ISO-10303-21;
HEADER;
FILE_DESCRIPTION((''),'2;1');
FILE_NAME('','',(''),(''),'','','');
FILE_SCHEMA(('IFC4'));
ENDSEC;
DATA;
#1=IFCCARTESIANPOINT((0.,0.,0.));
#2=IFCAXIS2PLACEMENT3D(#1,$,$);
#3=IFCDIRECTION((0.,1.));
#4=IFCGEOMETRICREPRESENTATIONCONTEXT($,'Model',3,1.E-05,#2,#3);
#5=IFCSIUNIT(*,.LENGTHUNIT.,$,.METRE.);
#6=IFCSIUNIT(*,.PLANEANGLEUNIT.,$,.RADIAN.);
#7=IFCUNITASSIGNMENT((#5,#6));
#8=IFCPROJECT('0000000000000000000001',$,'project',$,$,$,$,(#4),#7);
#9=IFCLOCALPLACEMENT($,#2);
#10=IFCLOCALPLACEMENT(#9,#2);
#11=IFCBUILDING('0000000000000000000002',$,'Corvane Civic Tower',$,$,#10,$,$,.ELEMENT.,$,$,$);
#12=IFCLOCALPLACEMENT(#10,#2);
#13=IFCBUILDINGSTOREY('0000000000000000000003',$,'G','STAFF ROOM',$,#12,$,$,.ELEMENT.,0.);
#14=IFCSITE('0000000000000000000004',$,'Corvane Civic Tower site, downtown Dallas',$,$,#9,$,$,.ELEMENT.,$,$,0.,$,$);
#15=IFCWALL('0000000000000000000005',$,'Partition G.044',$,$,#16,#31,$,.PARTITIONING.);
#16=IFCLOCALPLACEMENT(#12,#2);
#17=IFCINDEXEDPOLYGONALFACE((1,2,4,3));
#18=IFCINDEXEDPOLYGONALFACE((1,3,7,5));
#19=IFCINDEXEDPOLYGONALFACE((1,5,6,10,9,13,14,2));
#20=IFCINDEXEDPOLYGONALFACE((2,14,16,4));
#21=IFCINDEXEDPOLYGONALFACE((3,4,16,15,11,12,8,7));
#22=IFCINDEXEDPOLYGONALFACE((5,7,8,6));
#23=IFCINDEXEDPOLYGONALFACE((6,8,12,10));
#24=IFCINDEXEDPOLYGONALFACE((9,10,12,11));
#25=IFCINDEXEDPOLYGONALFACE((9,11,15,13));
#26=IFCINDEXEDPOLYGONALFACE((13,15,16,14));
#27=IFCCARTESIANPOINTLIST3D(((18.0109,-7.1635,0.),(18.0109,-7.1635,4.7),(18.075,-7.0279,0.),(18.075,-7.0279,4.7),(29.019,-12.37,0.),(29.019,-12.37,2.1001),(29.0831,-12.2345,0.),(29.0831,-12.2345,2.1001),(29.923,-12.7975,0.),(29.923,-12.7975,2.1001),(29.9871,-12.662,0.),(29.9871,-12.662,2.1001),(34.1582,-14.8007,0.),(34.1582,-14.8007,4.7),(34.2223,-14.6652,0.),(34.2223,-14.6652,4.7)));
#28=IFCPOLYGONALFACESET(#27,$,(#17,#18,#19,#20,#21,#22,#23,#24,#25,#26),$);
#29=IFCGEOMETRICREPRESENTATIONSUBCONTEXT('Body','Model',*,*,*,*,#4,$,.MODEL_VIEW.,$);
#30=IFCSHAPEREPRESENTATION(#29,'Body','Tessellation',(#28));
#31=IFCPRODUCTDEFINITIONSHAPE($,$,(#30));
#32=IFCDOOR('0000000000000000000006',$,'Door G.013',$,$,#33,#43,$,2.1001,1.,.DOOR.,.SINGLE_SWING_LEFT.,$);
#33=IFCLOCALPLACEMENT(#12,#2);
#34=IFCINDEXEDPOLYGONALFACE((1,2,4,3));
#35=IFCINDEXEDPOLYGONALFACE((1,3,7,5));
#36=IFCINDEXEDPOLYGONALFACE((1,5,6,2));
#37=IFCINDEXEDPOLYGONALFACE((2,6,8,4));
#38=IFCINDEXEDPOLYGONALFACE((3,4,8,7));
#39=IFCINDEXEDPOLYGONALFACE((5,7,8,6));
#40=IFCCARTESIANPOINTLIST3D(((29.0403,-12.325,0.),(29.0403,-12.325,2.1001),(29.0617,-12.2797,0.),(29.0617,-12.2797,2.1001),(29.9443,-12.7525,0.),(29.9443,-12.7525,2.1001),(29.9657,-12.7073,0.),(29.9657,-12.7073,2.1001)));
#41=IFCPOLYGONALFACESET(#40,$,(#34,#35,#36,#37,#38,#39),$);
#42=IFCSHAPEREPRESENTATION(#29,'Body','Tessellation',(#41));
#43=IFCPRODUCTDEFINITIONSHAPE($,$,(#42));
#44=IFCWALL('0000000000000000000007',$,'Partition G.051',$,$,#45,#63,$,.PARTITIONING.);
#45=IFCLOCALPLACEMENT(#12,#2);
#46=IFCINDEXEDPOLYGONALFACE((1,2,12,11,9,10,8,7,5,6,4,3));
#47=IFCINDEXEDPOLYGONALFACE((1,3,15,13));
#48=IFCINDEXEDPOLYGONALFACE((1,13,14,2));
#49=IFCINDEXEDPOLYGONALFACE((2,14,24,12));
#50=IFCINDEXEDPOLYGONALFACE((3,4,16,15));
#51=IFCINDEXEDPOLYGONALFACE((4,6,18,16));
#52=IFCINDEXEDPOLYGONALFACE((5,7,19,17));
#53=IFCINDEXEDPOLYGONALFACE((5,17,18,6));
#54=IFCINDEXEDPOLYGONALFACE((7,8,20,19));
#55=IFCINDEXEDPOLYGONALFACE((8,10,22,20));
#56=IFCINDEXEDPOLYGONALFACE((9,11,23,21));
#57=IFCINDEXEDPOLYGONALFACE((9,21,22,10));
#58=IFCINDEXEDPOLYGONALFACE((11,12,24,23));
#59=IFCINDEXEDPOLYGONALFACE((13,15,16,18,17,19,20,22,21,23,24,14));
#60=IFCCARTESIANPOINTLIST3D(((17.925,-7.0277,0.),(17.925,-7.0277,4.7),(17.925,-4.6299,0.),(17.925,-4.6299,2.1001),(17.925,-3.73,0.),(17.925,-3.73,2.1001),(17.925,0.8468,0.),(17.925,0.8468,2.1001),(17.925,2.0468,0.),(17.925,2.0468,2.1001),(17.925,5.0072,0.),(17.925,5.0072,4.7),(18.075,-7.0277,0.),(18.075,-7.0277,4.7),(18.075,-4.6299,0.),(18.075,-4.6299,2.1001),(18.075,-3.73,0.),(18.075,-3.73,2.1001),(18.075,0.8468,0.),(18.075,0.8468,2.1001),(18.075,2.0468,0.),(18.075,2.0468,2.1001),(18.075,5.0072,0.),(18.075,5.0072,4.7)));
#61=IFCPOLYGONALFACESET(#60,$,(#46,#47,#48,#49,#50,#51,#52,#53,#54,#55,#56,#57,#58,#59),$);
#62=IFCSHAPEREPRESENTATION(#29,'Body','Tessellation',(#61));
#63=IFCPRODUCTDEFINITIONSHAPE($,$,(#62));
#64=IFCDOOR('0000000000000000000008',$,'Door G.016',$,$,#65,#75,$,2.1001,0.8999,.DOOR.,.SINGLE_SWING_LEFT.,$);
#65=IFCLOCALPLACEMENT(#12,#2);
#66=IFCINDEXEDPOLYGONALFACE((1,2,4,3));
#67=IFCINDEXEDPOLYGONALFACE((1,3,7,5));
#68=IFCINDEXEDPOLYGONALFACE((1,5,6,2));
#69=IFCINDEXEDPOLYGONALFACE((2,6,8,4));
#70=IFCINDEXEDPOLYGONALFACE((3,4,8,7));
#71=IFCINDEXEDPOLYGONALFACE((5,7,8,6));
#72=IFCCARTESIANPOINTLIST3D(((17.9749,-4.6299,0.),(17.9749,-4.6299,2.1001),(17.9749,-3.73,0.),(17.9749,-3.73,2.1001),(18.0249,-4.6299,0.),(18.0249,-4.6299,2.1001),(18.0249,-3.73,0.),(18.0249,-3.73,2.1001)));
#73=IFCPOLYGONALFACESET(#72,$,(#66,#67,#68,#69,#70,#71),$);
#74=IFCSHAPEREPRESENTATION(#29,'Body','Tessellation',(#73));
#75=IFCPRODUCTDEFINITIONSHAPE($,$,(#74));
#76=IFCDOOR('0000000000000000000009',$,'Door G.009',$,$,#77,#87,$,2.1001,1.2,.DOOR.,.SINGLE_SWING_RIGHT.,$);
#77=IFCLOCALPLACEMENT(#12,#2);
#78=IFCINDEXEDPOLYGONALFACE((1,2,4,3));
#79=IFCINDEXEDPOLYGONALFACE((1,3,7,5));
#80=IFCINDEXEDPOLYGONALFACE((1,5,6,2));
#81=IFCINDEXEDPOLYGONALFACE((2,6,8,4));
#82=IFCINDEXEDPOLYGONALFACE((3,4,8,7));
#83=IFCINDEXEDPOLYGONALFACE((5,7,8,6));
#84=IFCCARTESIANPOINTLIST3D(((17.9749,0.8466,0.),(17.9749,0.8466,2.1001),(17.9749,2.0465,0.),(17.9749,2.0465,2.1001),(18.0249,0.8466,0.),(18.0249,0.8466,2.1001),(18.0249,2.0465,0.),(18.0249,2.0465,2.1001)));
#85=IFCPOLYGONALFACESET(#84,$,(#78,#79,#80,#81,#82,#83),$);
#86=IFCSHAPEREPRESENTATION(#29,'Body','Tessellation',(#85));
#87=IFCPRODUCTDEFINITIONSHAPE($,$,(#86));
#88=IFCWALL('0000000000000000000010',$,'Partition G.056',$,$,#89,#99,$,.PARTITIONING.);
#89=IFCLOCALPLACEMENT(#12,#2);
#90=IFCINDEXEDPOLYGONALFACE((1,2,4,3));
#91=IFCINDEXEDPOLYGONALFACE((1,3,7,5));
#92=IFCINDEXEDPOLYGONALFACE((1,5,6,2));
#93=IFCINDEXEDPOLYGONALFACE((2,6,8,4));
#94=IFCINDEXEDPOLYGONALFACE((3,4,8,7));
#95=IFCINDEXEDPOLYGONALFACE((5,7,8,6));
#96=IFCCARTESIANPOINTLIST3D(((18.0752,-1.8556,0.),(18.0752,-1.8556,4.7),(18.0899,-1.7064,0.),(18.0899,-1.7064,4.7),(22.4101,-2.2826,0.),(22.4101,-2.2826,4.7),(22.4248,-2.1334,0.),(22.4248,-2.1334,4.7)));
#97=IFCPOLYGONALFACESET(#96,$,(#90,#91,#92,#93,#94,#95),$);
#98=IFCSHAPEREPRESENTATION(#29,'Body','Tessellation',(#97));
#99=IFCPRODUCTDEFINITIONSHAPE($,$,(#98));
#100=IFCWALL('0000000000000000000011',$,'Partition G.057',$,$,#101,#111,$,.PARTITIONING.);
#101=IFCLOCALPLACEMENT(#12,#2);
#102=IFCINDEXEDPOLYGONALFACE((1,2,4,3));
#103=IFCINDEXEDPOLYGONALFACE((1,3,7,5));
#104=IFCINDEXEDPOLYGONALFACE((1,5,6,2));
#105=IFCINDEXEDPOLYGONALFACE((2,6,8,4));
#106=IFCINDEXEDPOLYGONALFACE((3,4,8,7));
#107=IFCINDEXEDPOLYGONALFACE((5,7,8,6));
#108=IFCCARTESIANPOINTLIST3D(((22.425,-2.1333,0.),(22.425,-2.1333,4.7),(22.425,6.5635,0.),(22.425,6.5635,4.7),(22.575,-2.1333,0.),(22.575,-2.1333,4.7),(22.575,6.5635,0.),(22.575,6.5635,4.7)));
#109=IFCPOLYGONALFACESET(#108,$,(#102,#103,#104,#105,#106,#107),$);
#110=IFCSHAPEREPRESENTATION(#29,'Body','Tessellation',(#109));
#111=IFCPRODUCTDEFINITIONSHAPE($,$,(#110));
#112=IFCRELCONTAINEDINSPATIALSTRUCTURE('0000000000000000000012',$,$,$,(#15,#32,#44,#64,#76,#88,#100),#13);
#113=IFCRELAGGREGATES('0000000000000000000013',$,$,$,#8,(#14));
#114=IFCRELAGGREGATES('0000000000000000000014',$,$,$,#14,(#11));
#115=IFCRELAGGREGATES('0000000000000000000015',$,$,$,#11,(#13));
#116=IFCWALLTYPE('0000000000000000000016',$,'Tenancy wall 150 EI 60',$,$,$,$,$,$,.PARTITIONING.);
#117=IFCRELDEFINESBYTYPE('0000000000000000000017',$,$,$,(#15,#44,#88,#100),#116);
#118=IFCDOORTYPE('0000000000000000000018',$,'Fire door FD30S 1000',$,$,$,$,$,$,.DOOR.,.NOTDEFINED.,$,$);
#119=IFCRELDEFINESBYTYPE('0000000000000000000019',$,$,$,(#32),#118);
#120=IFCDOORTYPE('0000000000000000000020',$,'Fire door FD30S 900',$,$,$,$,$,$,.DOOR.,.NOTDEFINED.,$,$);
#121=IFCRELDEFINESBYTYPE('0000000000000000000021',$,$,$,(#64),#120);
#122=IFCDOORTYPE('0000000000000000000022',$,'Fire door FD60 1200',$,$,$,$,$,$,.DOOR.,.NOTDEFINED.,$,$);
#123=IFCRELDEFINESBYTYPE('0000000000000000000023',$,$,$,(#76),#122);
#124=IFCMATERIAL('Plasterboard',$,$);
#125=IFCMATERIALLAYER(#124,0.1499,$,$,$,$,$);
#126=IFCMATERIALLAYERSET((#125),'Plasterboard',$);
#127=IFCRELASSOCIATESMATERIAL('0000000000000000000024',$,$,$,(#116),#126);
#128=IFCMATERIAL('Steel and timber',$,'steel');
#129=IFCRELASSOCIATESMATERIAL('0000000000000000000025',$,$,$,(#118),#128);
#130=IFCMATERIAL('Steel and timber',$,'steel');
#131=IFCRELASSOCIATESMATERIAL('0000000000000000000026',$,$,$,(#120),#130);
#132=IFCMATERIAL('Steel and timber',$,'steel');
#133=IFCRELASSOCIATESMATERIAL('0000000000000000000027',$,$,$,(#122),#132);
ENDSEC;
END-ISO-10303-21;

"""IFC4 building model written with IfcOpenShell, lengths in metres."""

from ifc_helpers import new_model, si_unit, direction, frame, frame_2d, origin, place, context, subcontext, project, spatial, rectangle, extrude, material, layer, layer_set, type_object, element, fill, save


model = new_model("IFC4")

# Units and contexts
model_context = context("Model", 3, precision=1e-05, world=origin(), true_north=direction((0.0, 1.0)))
body_context = subcontext(model_context, "Body", "Model", "MODEL_VIEW")
ifc_project = project(units=[si_unit("LENGTHUNIT", "METRE"), si_unit("PLANEANGLEUNIT", "RADIAN")], contexts=[model_context])

# Site, building, storey
site_placement = place(None, origin())
site = spatial("IfcSite", under=ifc_project, at=site_placement, Name="Corvane Civic Tower site, downtown Dallas", CompositionType="ELEMENT", RefElevation=0.0)
building_placement = place(site_placement, origin())
building = spatial("IfcBuilding", under=site, at=building_placement, Name="Corvane Civic Tower", CompositionType="ELEMENT")
storey_placement = place(building_placement, origin())
storey = spatial("IfcBuildingStorey", under=building, at=storey_placement, Name="G", Description="STAFF ROOM", CompositionType="ELEMENT", Elevation=0.0)

# Shared definitions
ifc_material_1 = material(Name="Plasterboard")
ifc_layer_1 = layer(ifc_material_1, 0.1499)
ifc_layer_set_1 = layer_set([ifc_layer_1], Name="Plasterboard")
wall_type_1 = type_object("IfcWallType", Name="Tenancy wall 150 EI 60", PredefinedType="PARTITIONING", material=ifc_layer_set_1)
ifc_material_2 = material(Name="Steel and timber", Category="steel")
door_type_1 = type_object("IfcDoorType", Name="Fire door FD30S 1000", OperationType="NOTDEFINED", PredefinedType="DOOR", material=ifc_material_2)

# Wall, opening, door
wall_1_placement = place(storey_placement, frame((18.043, -7.0957, 0.0), z_axis=(0.0, 0.0, 1.0), x_axis=(0.903986, -0.427562, 0.0)))
wall_1 = element("IfcWall", 1, at=wall_1_placement, inside=storey, type_object=wall_type_1, Name="Partition G.044", PredefinedType="PARTITIONING", context=body_context, shape_type="SweptSolid", body=[
    extrude(rectangle(XDim=17.8623, YDim=0.1499, at=frame_2d((8.9312, 0.0))), origin(), (0.0, 0.0, 1.0), 4.7),
])
opening_1_placement = place(wall_1_placement, frame((12.1772, 0.0, 0.0)))
opening_1 = element("IfcOpeningElement", 2, at=opening_1_placement, cuts=wall_1, PredefinedType="OPENING", context=body_context, shape_type="SweptSolid", body=[
    extrude(rectangle(XDim=1.0, YDim=2.1001, at=frame_2d((0.5, 1.05))), frame((0.0, 0.085, 0.0), z_axis=(0.0, -1.0, 0.0), x_axis=(1.0, 0.0, 0.0)), (0.0, 0.0, 1.0), 0.1699),
])
door_1_placement = place(opening_1_placement, origin())
door_1 = element("IfcDoor", 3, at=door_1_placement, inside=storey, type_object=door_type_1, Name="Door G.013", OperationType="SINGLE_SWING_LEFT", OverallHeight=2.1001, OverallWidth=1.0, PredefinedType="DOOR", context=body_context, shape_type="SweptSolid", body=[
    extrude(rectangle(XDim=1.0, YDim=2.1001, at=frame_2d((0.5, 1.05))), frame((0.0, 0.0249, 0.0), z_axis=(0.0, -1.0, 0.0), x_axis=(1.0, 0.0, 0.0)), (0.0, 0.0, 1.0), 0.05),
])
fill(opening_1, door_1)

# Wall, openings, doors
wall_2_placement = place(storey_placement, frame((18.0, -7.0278, 0.0), z_axis=(0.0, 0.0, 1.0), x_axis=(0.0, 1.0, 0.0)))
wall_2 = element("IfcWall", 4, at=wall_2_placement, inside=storey, type_object=wall_type_1, Name="Partition G.051", PredefinedType="PARTITIONING", context=body_context, shape_type="SweptSolid", body=[
    extrude(rectangle(XDim=12.0349, YDim=0.1499, at=frame_2d((6.0176, 0.0))), origin(), (0.0, 0.0, 1.0), 4.7),
])
opening_2_placement = place(wall_2_placement, frame((7.8745, 0.0, 0.0)))
opening_2 = element("IfcOpeningElement", 5, at=opening_2_placement, cuts=wall_2, PredefinedType="OPENING", context=body_context, shape_type="SweptSolid", body=[
    extrude(rectangle(XDim=1.2, YDim=2.1001, at=frame_2d((0.6001, 1.05))), frame((0.0, 0.085, 0.0), z_axis=(0.0, -1.0, 0.0), x_axis=(1.0, 0.0, 0.0)), (0.0, 0.0, 1.0), 0.1699),
])
opening_3_placement = place(wall_2_placement, frame((2.3979, 0.0, 0.0)))
opening_3 = element("IfcOpeningElement", 6, at=opening_3_placement, cuts=wall_2, PredefinedType="OPENING", context=body_context, shape_type="SweptSolid", body=[
    extrude(rectangle(XDim=0.8999, YDim=2.1001, at=frame_2d((0.45, 1.05))), frame((0.0, 0.085, 0.0), z_axis=(0.0, -1.0, 0.0), x_axis=(1.0, 0.0, 0.0)), (0.0, 0.0, 1.0), 0.1699),
])
ifc_material_3 = material(Name="Steel and timber", Category="steel")
door_type_2 = type_object("IfcDoorType", Name="Fire door FD30S 900", OperationType="NOTDEFINED", PredefinedType="DOOR", material=ifc_material_3)
door_2_placement = place(opening_3_placement, frame((0.8999, 0.0, 0.0), z_axis=(0.0, 0.0, 1.0), x_axis=(-1.0, 0.0, 0.0)))
door_2 = element("IfcDoor", 7, at=door_2_placement, inside=storey, type_object=door_type_2, Name="Door G.016", OperationType="SINGLE_SWING_LEFT", OverallHeight=2.1001, OverallWidth=0.8999, PredefinedType="DOOR", context=body_context, shape_type="SweptSolid", body=[
    extrude(rectangle(XDim=0.8999, YDim=2.1001, at=frame_2d((0.45, 1.05))), frame((0.0, 0.0249, 0.0), z_axis=(0.0, -1.0, 0.0), x_axis=(1.0, 0.0, 0.0)), (0.0, 0.0, 1.0), 0.05),
])
fill(opening_3, door_2)
ifc_material_4 = material(Name="Steel and timber", Category="steel")
door_type_3 = type_object("IfcDoorType", Name="Fire door FD60 1200", OperationType="NOTDEFINED", PredefinedType="DOOR", material=ifc_material_4)
door_3_placement = place(opening_2_placement, frame((1.2, 0.0, 0.0), z_axis=(0.0, 0.0, 1.0), x_axis=(-1.0, 0.0, 0.0)))
door_3 = element("IfcDoor", 8, at=door_3_placement, inside=storey, type_object=door_type_3, Name="Door G.009", OperationType="SINGLE_SWING_RIGHT", OverallHeight=2.1001, OverallWidth=1.2, PredefinedType="DOOR", context=body_context, shape_type="SweptSolid", body=[
    extrude(rectangle(XDim=1.2, YDim=2.1001, at=frame_2d((0.6001, 1.05))), frame((0.0, 0.0249, 0.0), z_axis=(0.0, -1.0, 0.0), x_axis=(1.0, 0.0, 0.0)), (0.0, 0.0, 1.0), 0.05),
])
fill(opening_2, door_3)

# Walls
wall_3_placement = place(storey_placement, frame((18.0825, -1.781, 0.0), z_axis=(0.0, 0.0, 1.0), x_axis=(0.995184, -0.098028, 0.0)))
element("IfcWall", 9, at=wall_3_placement, inside=storey, type_object=wall_type_1, Name="Partition G.056", PredefinedType="PARTITIONING", context=body_context, shape_type="SweptSolid", body=[
    extrude(rectangle(XDim=4.356, YDim=0.1499, at=frame_2d((2.178, 0.0))), origin(), (0.0, 0.0, 1.0), 4.7),
])
wall_4_placement = place(storey_placement, frame((22.5, -2.1333, 0.0), z_axis=(0.0, 0.0, 1.0), x_axis=(0.0, 1.0, 0.0)))
element("IfcWall", 10, at=wall_4_placement, inside=storey, type_object=wall_type_1, Name="Partition G.057", PredefinedType="PARTITIONING", context=body_context, shape_type="SweptSolid", body=[
    extrude(rectangle(XDim=8.6968, YDim=0.1499, at=frame_2d((4.3484, 0.0))), origin(), (0.0, 0.0, 1.0), 4.7),
])

save(model, "model.ifc")
